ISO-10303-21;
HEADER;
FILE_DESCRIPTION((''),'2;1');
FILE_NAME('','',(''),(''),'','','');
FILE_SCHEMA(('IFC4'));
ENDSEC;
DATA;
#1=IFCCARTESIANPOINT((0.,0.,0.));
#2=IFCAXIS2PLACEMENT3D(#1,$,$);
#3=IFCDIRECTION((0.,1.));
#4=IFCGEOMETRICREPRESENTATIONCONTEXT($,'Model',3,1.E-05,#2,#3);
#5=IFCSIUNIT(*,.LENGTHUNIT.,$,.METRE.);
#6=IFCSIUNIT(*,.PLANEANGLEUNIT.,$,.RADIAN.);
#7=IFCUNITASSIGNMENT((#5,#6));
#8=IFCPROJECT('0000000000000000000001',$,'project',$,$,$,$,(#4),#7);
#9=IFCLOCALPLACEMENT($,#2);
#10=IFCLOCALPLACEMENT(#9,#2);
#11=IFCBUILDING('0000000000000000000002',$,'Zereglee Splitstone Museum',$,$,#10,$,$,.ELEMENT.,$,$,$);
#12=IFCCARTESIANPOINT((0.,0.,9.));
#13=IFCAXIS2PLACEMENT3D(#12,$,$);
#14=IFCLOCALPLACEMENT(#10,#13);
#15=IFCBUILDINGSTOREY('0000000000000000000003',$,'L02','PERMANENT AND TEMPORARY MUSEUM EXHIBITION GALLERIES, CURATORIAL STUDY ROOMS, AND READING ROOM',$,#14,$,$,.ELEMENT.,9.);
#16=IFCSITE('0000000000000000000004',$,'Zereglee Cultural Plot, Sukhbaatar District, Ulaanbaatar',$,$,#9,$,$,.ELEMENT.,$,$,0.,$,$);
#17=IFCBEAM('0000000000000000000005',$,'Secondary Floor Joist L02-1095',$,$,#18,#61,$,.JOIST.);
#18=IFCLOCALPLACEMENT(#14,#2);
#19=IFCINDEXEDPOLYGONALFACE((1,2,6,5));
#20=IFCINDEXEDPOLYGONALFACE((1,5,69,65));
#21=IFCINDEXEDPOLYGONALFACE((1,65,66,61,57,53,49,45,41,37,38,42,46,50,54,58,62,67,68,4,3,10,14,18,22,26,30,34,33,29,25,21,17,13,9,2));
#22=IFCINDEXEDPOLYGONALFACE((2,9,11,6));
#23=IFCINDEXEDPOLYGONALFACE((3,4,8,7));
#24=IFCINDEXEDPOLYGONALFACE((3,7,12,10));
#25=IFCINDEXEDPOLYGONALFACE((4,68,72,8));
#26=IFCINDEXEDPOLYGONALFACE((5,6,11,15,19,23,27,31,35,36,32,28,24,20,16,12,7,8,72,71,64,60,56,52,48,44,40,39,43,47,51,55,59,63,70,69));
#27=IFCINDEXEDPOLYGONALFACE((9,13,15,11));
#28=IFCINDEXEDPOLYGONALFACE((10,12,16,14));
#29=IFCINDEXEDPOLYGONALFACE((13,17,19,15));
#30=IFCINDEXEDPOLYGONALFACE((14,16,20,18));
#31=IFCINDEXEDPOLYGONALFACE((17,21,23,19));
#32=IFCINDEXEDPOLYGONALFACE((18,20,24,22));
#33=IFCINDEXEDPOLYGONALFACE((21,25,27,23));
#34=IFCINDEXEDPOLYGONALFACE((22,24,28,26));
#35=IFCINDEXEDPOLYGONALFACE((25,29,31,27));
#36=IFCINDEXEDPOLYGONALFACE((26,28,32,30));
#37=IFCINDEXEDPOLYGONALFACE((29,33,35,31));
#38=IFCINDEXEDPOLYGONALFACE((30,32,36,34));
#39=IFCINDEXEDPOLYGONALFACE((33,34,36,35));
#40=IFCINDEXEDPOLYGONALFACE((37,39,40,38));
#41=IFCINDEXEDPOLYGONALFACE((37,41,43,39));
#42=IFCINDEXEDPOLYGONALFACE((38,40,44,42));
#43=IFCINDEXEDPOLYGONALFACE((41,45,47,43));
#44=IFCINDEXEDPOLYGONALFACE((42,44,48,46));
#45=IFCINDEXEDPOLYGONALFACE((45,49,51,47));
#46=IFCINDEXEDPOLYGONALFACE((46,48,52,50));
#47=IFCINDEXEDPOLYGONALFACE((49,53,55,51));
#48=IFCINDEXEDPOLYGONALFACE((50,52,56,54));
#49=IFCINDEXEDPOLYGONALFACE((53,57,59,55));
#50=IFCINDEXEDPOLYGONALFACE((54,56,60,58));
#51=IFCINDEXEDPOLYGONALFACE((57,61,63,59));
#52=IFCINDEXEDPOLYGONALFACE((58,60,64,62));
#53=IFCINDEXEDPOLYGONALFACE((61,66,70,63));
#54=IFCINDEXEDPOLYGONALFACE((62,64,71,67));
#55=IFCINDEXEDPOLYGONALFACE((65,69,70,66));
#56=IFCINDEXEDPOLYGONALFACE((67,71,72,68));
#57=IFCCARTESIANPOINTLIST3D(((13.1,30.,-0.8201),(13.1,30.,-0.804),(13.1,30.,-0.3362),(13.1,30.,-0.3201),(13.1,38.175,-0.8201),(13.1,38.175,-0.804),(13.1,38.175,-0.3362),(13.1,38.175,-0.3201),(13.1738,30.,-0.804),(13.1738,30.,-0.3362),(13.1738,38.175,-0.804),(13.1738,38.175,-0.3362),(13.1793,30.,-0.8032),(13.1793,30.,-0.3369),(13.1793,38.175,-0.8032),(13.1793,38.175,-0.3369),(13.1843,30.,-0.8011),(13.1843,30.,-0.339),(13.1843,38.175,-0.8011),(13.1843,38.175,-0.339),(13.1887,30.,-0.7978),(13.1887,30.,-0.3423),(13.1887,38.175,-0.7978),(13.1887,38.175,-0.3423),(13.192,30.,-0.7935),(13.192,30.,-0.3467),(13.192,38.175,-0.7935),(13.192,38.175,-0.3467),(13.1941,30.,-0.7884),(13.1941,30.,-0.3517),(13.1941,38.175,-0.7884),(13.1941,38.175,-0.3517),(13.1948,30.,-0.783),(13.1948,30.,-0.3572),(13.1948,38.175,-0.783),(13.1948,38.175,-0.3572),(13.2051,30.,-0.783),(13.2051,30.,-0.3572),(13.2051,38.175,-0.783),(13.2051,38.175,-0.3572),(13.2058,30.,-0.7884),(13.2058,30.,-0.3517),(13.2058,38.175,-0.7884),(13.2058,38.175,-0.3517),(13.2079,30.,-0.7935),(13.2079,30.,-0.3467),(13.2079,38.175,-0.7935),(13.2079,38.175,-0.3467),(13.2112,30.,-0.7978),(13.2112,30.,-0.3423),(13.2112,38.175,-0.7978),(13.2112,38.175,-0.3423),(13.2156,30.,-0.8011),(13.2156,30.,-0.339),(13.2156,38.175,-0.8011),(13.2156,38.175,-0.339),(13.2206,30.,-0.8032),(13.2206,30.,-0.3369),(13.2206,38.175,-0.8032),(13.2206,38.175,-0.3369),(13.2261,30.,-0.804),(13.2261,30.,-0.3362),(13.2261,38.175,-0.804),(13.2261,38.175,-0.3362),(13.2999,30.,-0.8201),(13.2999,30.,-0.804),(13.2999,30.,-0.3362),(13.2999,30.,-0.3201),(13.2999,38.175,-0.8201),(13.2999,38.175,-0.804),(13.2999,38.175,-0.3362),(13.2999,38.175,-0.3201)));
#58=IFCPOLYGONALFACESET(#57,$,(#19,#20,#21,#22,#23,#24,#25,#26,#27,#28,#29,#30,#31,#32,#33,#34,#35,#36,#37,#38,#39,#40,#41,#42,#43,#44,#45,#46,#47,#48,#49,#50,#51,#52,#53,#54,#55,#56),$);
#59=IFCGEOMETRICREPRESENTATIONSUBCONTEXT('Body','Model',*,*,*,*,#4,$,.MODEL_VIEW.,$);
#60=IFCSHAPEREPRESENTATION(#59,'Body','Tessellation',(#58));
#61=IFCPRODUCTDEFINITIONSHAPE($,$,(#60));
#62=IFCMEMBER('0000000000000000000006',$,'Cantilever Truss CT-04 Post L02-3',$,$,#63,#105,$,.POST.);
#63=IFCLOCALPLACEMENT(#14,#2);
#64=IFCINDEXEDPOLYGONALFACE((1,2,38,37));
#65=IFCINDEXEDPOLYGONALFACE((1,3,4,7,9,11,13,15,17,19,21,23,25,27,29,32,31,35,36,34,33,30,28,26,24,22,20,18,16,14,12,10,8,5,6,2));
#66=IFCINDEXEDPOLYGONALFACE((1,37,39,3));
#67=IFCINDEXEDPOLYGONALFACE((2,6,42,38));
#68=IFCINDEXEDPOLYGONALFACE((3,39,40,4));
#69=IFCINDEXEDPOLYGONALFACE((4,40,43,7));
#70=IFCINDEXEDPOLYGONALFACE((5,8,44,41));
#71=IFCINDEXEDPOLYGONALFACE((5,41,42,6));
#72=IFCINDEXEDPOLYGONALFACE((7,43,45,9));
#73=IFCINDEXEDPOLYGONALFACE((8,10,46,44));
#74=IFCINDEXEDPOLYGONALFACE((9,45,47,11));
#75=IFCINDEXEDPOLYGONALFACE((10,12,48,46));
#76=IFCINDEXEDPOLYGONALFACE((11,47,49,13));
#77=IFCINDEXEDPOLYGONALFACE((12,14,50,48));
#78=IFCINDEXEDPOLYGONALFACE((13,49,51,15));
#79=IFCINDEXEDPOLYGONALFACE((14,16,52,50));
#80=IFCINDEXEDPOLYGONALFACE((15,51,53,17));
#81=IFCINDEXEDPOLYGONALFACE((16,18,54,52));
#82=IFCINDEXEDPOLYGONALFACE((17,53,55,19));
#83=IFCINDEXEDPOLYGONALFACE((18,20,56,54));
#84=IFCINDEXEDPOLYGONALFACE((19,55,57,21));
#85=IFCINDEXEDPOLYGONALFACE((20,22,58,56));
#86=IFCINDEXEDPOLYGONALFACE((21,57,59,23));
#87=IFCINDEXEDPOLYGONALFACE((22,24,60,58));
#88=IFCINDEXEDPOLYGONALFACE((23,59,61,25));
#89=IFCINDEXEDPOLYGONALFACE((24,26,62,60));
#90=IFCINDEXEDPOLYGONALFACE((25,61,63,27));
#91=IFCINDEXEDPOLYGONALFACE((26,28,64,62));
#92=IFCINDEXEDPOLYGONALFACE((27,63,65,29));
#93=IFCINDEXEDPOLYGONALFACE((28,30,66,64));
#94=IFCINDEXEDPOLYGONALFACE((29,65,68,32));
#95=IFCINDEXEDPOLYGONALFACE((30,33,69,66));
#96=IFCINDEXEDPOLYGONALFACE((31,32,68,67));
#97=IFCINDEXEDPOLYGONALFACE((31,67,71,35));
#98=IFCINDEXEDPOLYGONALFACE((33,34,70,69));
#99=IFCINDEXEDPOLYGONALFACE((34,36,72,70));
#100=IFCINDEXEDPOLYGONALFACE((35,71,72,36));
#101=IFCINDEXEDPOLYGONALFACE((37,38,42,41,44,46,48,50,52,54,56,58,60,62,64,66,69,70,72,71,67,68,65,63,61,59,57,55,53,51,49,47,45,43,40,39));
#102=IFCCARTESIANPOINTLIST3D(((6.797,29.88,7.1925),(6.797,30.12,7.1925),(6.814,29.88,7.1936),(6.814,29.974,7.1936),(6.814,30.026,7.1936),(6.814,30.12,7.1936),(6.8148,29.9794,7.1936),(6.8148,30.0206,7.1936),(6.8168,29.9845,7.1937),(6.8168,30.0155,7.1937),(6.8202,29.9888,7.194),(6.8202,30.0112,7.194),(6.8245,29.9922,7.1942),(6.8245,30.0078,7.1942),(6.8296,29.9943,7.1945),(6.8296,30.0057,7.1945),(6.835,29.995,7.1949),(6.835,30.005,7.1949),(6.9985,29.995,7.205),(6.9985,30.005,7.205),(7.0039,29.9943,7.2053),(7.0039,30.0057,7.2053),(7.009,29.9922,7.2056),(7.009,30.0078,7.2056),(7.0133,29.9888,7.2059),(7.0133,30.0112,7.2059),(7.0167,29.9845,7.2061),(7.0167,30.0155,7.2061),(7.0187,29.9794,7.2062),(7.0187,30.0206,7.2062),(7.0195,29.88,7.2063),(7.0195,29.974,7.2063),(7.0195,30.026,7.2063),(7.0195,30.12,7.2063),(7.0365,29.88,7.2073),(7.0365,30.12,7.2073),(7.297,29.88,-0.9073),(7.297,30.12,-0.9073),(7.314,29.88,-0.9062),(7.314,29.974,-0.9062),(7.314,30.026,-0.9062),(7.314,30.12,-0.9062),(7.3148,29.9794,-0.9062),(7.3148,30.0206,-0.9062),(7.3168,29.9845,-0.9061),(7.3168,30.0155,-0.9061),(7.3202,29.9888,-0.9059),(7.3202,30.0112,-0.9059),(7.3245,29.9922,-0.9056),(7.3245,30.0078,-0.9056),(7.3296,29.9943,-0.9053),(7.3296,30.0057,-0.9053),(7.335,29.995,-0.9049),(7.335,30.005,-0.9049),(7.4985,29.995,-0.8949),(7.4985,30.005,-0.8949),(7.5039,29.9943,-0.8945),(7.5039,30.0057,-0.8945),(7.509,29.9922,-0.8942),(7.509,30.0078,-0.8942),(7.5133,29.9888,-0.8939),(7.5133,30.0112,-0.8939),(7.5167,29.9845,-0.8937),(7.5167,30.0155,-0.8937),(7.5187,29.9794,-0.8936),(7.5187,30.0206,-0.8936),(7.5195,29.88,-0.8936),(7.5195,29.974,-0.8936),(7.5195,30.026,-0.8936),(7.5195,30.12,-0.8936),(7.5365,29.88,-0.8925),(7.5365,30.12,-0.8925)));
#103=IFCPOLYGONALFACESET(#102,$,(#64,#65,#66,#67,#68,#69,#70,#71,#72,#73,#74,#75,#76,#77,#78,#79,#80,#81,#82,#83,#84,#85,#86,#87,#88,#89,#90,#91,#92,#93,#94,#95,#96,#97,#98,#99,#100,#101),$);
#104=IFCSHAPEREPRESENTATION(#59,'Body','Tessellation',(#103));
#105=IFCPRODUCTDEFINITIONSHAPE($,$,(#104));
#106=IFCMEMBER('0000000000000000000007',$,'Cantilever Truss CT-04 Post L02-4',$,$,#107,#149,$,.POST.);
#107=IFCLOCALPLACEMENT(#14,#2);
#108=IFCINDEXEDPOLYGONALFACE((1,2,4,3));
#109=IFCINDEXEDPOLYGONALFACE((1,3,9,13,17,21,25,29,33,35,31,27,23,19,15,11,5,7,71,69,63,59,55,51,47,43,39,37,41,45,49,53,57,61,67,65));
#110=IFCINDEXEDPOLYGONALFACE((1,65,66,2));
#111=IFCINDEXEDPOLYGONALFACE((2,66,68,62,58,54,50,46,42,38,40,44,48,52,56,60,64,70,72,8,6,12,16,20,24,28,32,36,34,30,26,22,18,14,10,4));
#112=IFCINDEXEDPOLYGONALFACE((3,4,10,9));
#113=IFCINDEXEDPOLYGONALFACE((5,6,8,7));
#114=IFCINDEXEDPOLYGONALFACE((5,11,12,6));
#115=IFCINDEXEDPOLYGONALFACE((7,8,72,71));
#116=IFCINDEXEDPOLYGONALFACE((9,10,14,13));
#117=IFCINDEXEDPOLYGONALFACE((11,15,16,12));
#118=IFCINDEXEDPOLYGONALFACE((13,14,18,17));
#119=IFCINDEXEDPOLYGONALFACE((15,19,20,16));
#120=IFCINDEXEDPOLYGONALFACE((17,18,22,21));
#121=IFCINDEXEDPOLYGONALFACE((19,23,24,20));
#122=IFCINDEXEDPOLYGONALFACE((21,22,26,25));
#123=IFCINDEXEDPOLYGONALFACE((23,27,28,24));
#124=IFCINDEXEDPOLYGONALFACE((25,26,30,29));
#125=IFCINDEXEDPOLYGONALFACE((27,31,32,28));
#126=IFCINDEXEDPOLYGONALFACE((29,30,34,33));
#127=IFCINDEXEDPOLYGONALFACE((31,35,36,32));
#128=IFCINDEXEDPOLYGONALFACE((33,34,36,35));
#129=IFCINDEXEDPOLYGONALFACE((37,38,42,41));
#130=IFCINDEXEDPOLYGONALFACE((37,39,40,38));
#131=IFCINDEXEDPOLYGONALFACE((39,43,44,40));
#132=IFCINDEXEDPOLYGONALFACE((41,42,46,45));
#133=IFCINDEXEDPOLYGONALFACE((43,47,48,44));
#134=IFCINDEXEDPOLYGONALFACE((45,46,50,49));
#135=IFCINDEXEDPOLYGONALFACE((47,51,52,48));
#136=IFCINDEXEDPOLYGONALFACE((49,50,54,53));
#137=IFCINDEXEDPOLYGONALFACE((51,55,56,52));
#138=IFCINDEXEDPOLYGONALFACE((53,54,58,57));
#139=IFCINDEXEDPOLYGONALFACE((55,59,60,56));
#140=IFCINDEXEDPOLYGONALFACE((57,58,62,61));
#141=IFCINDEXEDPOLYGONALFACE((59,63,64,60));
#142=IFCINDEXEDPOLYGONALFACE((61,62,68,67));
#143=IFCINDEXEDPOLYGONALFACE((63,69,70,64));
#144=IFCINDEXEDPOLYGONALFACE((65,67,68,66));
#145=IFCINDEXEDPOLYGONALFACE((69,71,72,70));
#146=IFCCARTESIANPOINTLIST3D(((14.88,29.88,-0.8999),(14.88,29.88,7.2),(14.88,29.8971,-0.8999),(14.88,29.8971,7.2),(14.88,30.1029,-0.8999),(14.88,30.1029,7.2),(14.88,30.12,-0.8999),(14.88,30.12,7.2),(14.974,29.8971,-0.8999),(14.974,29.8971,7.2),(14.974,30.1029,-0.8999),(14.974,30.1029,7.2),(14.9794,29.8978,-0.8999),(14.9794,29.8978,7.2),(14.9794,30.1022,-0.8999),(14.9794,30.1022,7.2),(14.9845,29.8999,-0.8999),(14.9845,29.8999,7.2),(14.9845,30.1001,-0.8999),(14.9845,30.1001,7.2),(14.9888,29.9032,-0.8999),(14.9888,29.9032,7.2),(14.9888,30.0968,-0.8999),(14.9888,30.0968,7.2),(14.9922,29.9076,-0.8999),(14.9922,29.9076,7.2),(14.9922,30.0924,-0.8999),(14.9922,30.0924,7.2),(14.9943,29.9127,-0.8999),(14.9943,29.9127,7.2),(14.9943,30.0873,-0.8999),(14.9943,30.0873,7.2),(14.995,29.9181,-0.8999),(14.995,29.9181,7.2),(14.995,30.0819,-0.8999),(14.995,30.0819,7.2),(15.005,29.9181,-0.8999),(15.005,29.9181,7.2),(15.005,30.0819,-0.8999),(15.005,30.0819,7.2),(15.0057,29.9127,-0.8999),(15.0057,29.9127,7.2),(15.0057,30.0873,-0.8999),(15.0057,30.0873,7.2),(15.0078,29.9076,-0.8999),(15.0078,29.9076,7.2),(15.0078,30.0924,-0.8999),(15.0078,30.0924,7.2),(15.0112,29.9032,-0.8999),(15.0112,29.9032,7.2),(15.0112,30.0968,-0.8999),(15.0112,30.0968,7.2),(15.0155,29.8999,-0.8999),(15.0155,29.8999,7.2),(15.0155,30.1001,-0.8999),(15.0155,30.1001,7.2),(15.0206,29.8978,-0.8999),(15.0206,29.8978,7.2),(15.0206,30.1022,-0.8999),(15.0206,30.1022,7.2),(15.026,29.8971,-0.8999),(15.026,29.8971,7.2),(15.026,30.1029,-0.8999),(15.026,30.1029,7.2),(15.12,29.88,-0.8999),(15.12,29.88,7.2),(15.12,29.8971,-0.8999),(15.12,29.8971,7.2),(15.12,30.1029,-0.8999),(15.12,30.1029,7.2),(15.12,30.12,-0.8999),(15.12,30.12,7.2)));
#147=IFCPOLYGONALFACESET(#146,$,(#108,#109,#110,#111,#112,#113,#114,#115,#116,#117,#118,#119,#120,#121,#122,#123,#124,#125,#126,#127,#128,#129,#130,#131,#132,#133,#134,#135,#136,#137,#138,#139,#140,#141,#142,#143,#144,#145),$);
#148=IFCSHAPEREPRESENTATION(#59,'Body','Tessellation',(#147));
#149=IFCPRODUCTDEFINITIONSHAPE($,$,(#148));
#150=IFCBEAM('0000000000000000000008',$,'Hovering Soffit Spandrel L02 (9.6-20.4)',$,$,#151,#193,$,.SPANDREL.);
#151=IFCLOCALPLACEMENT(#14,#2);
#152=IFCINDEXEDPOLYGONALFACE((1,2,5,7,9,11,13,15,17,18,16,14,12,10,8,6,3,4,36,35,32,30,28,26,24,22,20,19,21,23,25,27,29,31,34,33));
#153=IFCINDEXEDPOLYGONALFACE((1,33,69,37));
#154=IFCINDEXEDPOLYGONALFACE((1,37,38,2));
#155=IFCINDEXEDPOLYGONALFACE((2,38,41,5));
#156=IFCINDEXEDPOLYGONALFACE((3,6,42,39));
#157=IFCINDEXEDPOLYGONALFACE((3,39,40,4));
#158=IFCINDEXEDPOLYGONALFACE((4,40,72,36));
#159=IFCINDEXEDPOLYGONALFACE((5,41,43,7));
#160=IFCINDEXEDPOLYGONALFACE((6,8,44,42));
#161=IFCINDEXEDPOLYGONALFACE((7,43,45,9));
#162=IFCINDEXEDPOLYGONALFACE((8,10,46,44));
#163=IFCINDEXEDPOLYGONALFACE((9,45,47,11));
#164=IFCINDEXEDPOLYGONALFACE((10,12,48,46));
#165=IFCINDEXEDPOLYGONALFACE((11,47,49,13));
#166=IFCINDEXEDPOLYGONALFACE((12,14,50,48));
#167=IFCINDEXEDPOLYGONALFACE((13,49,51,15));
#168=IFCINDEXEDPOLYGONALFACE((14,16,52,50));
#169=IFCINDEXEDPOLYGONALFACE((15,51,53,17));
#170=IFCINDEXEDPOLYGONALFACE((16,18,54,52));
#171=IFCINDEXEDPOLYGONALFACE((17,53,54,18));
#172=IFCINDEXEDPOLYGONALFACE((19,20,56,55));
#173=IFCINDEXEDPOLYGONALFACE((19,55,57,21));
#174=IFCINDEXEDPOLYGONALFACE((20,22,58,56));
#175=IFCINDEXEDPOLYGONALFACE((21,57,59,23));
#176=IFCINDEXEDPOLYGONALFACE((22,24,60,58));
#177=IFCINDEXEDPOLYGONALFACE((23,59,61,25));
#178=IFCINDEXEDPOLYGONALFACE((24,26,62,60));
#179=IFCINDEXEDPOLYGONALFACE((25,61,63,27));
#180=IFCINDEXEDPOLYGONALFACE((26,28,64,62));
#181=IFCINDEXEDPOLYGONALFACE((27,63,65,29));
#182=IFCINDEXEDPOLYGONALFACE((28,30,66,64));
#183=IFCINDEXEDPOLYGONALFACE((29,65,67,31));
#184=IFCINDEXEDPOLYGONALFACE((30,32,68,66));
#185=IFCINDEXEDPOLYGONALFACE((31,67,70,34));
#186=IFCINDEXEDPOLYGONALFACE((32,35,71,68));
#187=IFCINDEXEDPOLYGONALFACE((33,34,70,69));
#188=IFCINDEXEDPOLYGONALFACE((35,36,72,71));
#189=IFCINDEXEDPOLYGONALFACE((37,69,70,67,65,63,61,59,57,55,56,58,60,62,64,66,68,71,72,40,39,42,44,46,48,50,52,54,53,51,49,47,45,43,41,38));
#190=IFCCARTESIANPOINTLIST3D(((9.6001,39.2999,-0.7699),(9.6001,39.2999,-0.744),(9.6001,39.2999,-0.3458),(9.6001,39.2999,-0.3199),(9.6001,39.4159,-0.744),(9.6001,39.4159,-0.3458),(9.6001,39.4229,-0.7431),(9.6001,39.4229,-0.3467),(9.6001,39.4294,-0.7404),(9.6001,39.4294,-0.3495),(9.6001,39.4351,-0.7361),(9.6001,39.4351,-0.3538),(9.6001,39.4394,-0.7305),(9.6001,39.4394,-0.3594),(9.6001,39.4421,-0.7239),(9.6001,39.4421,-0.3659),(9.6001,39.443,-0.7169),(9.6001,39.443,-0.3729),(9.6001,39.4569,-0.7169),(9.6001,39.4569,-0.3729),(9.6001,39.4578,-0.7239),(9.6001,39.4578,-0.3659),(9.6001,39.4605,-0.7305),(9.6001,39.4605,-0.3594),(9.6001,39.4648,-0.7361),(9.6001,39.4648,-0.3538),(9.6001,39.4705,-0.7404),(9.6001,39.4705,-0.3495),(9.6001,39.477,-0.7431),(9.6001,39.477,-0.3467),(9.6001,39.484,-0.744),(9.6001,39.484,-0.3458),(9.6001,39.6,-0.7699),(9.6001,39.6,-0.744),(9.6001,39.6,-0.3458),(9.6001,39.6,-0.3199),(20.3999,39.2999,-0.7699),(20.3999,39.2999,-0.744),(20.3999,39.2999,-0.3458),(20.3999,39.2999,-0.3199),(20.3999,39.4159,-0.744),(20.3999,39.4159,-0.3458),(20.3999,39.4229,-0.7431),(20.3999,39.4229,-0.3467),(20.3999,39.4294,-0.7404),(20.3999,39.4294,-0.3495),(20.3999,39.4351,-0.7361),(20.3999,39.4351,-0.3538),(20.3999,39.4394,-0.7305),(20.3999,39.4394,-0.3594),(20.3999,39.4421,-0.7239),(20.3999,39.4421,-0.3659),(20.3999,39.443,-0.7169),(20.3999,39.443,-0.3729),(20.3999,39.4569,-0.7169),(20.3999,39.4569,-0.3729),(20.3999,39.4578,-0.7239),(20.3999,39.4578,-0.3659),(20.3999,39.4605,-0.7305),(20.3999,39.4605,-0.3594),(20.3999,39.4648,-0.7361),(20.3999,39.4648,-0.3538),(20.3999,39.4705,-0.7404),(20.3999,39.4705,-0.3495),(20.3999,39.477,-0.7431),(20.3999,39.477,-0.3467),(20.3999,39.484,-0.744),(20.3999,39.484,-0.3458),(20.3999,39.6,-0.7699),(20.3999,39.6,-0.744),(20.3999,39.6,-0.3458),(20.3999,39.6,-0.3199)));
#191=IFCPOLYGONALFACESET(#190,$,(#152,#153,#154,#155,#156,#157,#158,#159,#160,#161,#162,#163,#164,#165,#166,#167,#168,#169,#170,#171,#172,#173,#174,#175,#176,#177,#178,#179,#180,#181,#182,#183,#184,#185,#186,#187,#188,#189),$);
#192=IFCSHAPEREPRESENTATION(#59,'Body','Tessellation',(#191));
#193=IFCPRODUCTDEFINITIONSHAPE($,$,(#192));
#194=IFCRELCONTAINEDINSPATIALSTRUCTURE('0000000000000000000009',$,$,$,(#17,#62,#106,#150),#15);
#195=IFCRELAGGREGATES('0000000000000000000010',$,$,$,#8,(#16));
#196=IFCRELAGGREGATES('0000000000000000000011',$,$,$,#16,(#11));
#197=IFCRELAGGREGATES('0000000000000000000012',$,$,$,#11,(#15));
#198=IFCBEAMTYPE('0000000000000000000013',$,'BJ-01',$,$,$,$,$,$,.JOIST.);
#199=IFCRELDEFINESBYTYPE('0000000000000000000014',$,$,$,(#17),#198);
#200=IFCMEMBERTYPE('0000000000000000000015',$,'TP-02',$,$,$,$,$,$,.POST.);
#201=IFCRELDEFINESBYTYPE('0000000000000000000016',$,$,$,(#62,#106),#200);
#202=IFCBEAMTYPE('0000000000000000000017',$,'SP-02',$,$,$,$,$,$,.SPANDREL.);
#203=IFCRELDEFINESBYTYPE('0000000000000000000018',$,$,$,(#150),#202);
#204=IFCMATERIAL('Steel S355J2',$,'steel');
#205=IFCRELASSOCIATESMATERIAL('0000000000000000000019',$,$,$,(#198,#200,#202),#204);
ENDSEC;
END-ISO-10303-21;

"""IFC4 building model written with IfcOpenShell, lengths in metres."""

from ifc_helpers import new_model, si_unit, direction, frame, origin, origin_2d, place, context, subcontext, project, spatial, i_section, extrude, material, material_profile, profile_set, type_object, element, save


model = new_model("IFC4")

# Units and contexts
model_context = context("Model", 3, precision=1e-05, world=origin(), true_north=direction((0.0, 1.0)))
body_context = subcontext(model_context, "Body", "Model", "MODEL_VIEW")
ifc_project = project(units=[si_unit("LENGTHUNIT", "METRE"), si_unit("PLANEANGLEUNIT", "RADIAN")], contexts=[model_context])

# Site, building, storey
site_placement = place(None, origin())
site = spatial("IfcSite", under=ifc_project, at=site_placement, Name="Zereglee Cultural Plot, Sukhbaatar District, Ulaanbaatar", CompositionType="ELEMENT", RefElevation=0.0)
building_placement = place(site_placement, origin())
building = spatial("IfcBuilding", under=site, at=building_placement, Name="Zereglee Splitstone Museum", CompositionType="ELEMENT")
storey_placement = place(building_placement, frame((0.0, 0.0, 9.0)))
storey = spatial("IfcBuildingStorey", under=building, at=storey_placement, Name="L02", Description="PERMANENT AND TEMPORARY MUSEUM EXHIBITION GALLERIES, CURATORIAL STUDY ROOMS, AND READING ROOM", CompositionType="ELEMENT", Elevation=9.0)

# Beam
ifc_material_1 = material(Name="Steel S355J2", Category="steel")
ifc_material_profile_1 = material_profile(ifc_material_1, i_section(OverallWidth=0.2, OverallDepth=0.5, WebThickness=0.0103, FlangeThickness=0.0161, FilletRadius=0.021, at=origin_2d()), Name="IPE 500")
ifc_profile_set_1 = profile_set([ifc_material_profile_1], Name="Steel S355J2")
beam_type_1 = type_object("IfcBeamType", Name="BJ-01", PredefinedType="JOIST", material=ifc_profile_set_1)
beam_1_placement = place(storey_placement, frame((13.2, 30.0, -0.5701), z_axis=(0.0, 1.0, 0.0), x_axis=(-1.0, 0.0, 0.0)))
element("IfcBeam", 1, at=beam_1_placement, inside=storey, type_object=beam_type_1, Name="Secondary Floor Joist L02-1095", PredefinedType="JOIST", context=body_context, shape_type="SweptSolid", body=[
    extrude(i_section(OverallWidth=0.2, OverallDepth=0.5, WebThickness=0.0103, FlangeThickness=0.0161, FilletRadius=0.021, at=origin_2d()), origin(), (0.0, 0.0, 1.0), 8.175),
])

# Members
ifc_material_profile_2 = material_profile(ifc_material_1, i_section(OverallWidth=0.24, OverallDepth=0.24, WebThickness=0.01, FlangeThickness=0.0171, FilletRadius=0.021, at=origin_2d()), Name="HE 240 B")
ifc_profile_set_2 = profile_set([ifc_material_profile_2], Name="Steel S355J2")
member_type_1 = type_object("IfcMemberType", Name="TP-02", PredefinedType="POST", material=ifc_profile_set_2)
member_1_placement = place(storey_placement, frame((7.4167, 30.0, -0.8999), z_axis=(-0.061612, 0.0, 0.9981), x_axis=(0.0, -1.0, 0.0)))
element("IfcMember", 2, at=member_1_placement, inside=storey, type_object=member_type_1, Name="Cantilever Truss CT-04 Post L02-3", PredefinedType="POST", context=body_context, shape_type="SweptSolid", body=[
    extrude(i_section(OverallWidth=0.24, OverallDepth=0.24, WebThickness=0.01, FlangeThickness=0.0171, FilletRadius=0.021, at=origin_2d()), origin(), (0.0, 0.0, 1.0), 8.1152),
])
member_2_placement = place(storey_placement, frame((15.0, 30.0, -0.8999), z_axis=(0.0, 0.0, 1.0), x_axis=(1.0, 0.0, 0.0)))
element("IfcMember", 3, at=member_2_placement, inside=storey, type_object=member_type_1, Name="Cantilever Truss CT-04 Post L02-4", PredefinedType="POST", context=body_context, shape_type="SweptSolid", body=[
    extrude(i_section(OverallWidth=0.24, OverallDepth=0.24, WebThickness=0.01, FlangeThickness=0.0171, FilletRadius=0.021, at=origin_2d()), origin(), (0.0, 0.0, 1.0), 8.0999),
])

# Beam
ifc_material_profile_3 = material_profile(ifc_material_1, i_section(OverallWidth=0.3, OverallDepth=0.45, WebThickness=0.0139, FlangeThickness=0.0259, FilletRadius=0.0271, at=origin_2d()), Name="HE 450 B")
ifc_profile_set_3 = profile_set([ifc_material_profile_3], Name="Steel S355J2")
beam_type_2 = type_object("IfcBeamType", Name="SP-02", PredefinedType="SPANDREL", material=ifc_profile_set_3)
beam_2_placement = place(storey_placement, frame((9.6001, 39.45, -0.5449), z_axis=(1.0, 0.0, 0.0), x_axis=(0.0, 1.0, 0.0)))
element("IfcBeam", 4, at=beam_2_placement, inside=storey, type_object=beam_type_2, Name="Hovering Soffit Spandrel L02 (9.6-20.4)", PredefinedType="SPANDREL", context=body_context, shape_type="SweptSolid", body=[
    extrude(i_section(OverallWidth=0.3, OverallDepth=0.45, WebThickness=0.0139, FlangeThickness=0.0259, FilletRadius=0.0271, at=origin_2d()), origin(), (0.0, 0.0, 1.0), 10.7998),
])

save(model, "model.ifc")
